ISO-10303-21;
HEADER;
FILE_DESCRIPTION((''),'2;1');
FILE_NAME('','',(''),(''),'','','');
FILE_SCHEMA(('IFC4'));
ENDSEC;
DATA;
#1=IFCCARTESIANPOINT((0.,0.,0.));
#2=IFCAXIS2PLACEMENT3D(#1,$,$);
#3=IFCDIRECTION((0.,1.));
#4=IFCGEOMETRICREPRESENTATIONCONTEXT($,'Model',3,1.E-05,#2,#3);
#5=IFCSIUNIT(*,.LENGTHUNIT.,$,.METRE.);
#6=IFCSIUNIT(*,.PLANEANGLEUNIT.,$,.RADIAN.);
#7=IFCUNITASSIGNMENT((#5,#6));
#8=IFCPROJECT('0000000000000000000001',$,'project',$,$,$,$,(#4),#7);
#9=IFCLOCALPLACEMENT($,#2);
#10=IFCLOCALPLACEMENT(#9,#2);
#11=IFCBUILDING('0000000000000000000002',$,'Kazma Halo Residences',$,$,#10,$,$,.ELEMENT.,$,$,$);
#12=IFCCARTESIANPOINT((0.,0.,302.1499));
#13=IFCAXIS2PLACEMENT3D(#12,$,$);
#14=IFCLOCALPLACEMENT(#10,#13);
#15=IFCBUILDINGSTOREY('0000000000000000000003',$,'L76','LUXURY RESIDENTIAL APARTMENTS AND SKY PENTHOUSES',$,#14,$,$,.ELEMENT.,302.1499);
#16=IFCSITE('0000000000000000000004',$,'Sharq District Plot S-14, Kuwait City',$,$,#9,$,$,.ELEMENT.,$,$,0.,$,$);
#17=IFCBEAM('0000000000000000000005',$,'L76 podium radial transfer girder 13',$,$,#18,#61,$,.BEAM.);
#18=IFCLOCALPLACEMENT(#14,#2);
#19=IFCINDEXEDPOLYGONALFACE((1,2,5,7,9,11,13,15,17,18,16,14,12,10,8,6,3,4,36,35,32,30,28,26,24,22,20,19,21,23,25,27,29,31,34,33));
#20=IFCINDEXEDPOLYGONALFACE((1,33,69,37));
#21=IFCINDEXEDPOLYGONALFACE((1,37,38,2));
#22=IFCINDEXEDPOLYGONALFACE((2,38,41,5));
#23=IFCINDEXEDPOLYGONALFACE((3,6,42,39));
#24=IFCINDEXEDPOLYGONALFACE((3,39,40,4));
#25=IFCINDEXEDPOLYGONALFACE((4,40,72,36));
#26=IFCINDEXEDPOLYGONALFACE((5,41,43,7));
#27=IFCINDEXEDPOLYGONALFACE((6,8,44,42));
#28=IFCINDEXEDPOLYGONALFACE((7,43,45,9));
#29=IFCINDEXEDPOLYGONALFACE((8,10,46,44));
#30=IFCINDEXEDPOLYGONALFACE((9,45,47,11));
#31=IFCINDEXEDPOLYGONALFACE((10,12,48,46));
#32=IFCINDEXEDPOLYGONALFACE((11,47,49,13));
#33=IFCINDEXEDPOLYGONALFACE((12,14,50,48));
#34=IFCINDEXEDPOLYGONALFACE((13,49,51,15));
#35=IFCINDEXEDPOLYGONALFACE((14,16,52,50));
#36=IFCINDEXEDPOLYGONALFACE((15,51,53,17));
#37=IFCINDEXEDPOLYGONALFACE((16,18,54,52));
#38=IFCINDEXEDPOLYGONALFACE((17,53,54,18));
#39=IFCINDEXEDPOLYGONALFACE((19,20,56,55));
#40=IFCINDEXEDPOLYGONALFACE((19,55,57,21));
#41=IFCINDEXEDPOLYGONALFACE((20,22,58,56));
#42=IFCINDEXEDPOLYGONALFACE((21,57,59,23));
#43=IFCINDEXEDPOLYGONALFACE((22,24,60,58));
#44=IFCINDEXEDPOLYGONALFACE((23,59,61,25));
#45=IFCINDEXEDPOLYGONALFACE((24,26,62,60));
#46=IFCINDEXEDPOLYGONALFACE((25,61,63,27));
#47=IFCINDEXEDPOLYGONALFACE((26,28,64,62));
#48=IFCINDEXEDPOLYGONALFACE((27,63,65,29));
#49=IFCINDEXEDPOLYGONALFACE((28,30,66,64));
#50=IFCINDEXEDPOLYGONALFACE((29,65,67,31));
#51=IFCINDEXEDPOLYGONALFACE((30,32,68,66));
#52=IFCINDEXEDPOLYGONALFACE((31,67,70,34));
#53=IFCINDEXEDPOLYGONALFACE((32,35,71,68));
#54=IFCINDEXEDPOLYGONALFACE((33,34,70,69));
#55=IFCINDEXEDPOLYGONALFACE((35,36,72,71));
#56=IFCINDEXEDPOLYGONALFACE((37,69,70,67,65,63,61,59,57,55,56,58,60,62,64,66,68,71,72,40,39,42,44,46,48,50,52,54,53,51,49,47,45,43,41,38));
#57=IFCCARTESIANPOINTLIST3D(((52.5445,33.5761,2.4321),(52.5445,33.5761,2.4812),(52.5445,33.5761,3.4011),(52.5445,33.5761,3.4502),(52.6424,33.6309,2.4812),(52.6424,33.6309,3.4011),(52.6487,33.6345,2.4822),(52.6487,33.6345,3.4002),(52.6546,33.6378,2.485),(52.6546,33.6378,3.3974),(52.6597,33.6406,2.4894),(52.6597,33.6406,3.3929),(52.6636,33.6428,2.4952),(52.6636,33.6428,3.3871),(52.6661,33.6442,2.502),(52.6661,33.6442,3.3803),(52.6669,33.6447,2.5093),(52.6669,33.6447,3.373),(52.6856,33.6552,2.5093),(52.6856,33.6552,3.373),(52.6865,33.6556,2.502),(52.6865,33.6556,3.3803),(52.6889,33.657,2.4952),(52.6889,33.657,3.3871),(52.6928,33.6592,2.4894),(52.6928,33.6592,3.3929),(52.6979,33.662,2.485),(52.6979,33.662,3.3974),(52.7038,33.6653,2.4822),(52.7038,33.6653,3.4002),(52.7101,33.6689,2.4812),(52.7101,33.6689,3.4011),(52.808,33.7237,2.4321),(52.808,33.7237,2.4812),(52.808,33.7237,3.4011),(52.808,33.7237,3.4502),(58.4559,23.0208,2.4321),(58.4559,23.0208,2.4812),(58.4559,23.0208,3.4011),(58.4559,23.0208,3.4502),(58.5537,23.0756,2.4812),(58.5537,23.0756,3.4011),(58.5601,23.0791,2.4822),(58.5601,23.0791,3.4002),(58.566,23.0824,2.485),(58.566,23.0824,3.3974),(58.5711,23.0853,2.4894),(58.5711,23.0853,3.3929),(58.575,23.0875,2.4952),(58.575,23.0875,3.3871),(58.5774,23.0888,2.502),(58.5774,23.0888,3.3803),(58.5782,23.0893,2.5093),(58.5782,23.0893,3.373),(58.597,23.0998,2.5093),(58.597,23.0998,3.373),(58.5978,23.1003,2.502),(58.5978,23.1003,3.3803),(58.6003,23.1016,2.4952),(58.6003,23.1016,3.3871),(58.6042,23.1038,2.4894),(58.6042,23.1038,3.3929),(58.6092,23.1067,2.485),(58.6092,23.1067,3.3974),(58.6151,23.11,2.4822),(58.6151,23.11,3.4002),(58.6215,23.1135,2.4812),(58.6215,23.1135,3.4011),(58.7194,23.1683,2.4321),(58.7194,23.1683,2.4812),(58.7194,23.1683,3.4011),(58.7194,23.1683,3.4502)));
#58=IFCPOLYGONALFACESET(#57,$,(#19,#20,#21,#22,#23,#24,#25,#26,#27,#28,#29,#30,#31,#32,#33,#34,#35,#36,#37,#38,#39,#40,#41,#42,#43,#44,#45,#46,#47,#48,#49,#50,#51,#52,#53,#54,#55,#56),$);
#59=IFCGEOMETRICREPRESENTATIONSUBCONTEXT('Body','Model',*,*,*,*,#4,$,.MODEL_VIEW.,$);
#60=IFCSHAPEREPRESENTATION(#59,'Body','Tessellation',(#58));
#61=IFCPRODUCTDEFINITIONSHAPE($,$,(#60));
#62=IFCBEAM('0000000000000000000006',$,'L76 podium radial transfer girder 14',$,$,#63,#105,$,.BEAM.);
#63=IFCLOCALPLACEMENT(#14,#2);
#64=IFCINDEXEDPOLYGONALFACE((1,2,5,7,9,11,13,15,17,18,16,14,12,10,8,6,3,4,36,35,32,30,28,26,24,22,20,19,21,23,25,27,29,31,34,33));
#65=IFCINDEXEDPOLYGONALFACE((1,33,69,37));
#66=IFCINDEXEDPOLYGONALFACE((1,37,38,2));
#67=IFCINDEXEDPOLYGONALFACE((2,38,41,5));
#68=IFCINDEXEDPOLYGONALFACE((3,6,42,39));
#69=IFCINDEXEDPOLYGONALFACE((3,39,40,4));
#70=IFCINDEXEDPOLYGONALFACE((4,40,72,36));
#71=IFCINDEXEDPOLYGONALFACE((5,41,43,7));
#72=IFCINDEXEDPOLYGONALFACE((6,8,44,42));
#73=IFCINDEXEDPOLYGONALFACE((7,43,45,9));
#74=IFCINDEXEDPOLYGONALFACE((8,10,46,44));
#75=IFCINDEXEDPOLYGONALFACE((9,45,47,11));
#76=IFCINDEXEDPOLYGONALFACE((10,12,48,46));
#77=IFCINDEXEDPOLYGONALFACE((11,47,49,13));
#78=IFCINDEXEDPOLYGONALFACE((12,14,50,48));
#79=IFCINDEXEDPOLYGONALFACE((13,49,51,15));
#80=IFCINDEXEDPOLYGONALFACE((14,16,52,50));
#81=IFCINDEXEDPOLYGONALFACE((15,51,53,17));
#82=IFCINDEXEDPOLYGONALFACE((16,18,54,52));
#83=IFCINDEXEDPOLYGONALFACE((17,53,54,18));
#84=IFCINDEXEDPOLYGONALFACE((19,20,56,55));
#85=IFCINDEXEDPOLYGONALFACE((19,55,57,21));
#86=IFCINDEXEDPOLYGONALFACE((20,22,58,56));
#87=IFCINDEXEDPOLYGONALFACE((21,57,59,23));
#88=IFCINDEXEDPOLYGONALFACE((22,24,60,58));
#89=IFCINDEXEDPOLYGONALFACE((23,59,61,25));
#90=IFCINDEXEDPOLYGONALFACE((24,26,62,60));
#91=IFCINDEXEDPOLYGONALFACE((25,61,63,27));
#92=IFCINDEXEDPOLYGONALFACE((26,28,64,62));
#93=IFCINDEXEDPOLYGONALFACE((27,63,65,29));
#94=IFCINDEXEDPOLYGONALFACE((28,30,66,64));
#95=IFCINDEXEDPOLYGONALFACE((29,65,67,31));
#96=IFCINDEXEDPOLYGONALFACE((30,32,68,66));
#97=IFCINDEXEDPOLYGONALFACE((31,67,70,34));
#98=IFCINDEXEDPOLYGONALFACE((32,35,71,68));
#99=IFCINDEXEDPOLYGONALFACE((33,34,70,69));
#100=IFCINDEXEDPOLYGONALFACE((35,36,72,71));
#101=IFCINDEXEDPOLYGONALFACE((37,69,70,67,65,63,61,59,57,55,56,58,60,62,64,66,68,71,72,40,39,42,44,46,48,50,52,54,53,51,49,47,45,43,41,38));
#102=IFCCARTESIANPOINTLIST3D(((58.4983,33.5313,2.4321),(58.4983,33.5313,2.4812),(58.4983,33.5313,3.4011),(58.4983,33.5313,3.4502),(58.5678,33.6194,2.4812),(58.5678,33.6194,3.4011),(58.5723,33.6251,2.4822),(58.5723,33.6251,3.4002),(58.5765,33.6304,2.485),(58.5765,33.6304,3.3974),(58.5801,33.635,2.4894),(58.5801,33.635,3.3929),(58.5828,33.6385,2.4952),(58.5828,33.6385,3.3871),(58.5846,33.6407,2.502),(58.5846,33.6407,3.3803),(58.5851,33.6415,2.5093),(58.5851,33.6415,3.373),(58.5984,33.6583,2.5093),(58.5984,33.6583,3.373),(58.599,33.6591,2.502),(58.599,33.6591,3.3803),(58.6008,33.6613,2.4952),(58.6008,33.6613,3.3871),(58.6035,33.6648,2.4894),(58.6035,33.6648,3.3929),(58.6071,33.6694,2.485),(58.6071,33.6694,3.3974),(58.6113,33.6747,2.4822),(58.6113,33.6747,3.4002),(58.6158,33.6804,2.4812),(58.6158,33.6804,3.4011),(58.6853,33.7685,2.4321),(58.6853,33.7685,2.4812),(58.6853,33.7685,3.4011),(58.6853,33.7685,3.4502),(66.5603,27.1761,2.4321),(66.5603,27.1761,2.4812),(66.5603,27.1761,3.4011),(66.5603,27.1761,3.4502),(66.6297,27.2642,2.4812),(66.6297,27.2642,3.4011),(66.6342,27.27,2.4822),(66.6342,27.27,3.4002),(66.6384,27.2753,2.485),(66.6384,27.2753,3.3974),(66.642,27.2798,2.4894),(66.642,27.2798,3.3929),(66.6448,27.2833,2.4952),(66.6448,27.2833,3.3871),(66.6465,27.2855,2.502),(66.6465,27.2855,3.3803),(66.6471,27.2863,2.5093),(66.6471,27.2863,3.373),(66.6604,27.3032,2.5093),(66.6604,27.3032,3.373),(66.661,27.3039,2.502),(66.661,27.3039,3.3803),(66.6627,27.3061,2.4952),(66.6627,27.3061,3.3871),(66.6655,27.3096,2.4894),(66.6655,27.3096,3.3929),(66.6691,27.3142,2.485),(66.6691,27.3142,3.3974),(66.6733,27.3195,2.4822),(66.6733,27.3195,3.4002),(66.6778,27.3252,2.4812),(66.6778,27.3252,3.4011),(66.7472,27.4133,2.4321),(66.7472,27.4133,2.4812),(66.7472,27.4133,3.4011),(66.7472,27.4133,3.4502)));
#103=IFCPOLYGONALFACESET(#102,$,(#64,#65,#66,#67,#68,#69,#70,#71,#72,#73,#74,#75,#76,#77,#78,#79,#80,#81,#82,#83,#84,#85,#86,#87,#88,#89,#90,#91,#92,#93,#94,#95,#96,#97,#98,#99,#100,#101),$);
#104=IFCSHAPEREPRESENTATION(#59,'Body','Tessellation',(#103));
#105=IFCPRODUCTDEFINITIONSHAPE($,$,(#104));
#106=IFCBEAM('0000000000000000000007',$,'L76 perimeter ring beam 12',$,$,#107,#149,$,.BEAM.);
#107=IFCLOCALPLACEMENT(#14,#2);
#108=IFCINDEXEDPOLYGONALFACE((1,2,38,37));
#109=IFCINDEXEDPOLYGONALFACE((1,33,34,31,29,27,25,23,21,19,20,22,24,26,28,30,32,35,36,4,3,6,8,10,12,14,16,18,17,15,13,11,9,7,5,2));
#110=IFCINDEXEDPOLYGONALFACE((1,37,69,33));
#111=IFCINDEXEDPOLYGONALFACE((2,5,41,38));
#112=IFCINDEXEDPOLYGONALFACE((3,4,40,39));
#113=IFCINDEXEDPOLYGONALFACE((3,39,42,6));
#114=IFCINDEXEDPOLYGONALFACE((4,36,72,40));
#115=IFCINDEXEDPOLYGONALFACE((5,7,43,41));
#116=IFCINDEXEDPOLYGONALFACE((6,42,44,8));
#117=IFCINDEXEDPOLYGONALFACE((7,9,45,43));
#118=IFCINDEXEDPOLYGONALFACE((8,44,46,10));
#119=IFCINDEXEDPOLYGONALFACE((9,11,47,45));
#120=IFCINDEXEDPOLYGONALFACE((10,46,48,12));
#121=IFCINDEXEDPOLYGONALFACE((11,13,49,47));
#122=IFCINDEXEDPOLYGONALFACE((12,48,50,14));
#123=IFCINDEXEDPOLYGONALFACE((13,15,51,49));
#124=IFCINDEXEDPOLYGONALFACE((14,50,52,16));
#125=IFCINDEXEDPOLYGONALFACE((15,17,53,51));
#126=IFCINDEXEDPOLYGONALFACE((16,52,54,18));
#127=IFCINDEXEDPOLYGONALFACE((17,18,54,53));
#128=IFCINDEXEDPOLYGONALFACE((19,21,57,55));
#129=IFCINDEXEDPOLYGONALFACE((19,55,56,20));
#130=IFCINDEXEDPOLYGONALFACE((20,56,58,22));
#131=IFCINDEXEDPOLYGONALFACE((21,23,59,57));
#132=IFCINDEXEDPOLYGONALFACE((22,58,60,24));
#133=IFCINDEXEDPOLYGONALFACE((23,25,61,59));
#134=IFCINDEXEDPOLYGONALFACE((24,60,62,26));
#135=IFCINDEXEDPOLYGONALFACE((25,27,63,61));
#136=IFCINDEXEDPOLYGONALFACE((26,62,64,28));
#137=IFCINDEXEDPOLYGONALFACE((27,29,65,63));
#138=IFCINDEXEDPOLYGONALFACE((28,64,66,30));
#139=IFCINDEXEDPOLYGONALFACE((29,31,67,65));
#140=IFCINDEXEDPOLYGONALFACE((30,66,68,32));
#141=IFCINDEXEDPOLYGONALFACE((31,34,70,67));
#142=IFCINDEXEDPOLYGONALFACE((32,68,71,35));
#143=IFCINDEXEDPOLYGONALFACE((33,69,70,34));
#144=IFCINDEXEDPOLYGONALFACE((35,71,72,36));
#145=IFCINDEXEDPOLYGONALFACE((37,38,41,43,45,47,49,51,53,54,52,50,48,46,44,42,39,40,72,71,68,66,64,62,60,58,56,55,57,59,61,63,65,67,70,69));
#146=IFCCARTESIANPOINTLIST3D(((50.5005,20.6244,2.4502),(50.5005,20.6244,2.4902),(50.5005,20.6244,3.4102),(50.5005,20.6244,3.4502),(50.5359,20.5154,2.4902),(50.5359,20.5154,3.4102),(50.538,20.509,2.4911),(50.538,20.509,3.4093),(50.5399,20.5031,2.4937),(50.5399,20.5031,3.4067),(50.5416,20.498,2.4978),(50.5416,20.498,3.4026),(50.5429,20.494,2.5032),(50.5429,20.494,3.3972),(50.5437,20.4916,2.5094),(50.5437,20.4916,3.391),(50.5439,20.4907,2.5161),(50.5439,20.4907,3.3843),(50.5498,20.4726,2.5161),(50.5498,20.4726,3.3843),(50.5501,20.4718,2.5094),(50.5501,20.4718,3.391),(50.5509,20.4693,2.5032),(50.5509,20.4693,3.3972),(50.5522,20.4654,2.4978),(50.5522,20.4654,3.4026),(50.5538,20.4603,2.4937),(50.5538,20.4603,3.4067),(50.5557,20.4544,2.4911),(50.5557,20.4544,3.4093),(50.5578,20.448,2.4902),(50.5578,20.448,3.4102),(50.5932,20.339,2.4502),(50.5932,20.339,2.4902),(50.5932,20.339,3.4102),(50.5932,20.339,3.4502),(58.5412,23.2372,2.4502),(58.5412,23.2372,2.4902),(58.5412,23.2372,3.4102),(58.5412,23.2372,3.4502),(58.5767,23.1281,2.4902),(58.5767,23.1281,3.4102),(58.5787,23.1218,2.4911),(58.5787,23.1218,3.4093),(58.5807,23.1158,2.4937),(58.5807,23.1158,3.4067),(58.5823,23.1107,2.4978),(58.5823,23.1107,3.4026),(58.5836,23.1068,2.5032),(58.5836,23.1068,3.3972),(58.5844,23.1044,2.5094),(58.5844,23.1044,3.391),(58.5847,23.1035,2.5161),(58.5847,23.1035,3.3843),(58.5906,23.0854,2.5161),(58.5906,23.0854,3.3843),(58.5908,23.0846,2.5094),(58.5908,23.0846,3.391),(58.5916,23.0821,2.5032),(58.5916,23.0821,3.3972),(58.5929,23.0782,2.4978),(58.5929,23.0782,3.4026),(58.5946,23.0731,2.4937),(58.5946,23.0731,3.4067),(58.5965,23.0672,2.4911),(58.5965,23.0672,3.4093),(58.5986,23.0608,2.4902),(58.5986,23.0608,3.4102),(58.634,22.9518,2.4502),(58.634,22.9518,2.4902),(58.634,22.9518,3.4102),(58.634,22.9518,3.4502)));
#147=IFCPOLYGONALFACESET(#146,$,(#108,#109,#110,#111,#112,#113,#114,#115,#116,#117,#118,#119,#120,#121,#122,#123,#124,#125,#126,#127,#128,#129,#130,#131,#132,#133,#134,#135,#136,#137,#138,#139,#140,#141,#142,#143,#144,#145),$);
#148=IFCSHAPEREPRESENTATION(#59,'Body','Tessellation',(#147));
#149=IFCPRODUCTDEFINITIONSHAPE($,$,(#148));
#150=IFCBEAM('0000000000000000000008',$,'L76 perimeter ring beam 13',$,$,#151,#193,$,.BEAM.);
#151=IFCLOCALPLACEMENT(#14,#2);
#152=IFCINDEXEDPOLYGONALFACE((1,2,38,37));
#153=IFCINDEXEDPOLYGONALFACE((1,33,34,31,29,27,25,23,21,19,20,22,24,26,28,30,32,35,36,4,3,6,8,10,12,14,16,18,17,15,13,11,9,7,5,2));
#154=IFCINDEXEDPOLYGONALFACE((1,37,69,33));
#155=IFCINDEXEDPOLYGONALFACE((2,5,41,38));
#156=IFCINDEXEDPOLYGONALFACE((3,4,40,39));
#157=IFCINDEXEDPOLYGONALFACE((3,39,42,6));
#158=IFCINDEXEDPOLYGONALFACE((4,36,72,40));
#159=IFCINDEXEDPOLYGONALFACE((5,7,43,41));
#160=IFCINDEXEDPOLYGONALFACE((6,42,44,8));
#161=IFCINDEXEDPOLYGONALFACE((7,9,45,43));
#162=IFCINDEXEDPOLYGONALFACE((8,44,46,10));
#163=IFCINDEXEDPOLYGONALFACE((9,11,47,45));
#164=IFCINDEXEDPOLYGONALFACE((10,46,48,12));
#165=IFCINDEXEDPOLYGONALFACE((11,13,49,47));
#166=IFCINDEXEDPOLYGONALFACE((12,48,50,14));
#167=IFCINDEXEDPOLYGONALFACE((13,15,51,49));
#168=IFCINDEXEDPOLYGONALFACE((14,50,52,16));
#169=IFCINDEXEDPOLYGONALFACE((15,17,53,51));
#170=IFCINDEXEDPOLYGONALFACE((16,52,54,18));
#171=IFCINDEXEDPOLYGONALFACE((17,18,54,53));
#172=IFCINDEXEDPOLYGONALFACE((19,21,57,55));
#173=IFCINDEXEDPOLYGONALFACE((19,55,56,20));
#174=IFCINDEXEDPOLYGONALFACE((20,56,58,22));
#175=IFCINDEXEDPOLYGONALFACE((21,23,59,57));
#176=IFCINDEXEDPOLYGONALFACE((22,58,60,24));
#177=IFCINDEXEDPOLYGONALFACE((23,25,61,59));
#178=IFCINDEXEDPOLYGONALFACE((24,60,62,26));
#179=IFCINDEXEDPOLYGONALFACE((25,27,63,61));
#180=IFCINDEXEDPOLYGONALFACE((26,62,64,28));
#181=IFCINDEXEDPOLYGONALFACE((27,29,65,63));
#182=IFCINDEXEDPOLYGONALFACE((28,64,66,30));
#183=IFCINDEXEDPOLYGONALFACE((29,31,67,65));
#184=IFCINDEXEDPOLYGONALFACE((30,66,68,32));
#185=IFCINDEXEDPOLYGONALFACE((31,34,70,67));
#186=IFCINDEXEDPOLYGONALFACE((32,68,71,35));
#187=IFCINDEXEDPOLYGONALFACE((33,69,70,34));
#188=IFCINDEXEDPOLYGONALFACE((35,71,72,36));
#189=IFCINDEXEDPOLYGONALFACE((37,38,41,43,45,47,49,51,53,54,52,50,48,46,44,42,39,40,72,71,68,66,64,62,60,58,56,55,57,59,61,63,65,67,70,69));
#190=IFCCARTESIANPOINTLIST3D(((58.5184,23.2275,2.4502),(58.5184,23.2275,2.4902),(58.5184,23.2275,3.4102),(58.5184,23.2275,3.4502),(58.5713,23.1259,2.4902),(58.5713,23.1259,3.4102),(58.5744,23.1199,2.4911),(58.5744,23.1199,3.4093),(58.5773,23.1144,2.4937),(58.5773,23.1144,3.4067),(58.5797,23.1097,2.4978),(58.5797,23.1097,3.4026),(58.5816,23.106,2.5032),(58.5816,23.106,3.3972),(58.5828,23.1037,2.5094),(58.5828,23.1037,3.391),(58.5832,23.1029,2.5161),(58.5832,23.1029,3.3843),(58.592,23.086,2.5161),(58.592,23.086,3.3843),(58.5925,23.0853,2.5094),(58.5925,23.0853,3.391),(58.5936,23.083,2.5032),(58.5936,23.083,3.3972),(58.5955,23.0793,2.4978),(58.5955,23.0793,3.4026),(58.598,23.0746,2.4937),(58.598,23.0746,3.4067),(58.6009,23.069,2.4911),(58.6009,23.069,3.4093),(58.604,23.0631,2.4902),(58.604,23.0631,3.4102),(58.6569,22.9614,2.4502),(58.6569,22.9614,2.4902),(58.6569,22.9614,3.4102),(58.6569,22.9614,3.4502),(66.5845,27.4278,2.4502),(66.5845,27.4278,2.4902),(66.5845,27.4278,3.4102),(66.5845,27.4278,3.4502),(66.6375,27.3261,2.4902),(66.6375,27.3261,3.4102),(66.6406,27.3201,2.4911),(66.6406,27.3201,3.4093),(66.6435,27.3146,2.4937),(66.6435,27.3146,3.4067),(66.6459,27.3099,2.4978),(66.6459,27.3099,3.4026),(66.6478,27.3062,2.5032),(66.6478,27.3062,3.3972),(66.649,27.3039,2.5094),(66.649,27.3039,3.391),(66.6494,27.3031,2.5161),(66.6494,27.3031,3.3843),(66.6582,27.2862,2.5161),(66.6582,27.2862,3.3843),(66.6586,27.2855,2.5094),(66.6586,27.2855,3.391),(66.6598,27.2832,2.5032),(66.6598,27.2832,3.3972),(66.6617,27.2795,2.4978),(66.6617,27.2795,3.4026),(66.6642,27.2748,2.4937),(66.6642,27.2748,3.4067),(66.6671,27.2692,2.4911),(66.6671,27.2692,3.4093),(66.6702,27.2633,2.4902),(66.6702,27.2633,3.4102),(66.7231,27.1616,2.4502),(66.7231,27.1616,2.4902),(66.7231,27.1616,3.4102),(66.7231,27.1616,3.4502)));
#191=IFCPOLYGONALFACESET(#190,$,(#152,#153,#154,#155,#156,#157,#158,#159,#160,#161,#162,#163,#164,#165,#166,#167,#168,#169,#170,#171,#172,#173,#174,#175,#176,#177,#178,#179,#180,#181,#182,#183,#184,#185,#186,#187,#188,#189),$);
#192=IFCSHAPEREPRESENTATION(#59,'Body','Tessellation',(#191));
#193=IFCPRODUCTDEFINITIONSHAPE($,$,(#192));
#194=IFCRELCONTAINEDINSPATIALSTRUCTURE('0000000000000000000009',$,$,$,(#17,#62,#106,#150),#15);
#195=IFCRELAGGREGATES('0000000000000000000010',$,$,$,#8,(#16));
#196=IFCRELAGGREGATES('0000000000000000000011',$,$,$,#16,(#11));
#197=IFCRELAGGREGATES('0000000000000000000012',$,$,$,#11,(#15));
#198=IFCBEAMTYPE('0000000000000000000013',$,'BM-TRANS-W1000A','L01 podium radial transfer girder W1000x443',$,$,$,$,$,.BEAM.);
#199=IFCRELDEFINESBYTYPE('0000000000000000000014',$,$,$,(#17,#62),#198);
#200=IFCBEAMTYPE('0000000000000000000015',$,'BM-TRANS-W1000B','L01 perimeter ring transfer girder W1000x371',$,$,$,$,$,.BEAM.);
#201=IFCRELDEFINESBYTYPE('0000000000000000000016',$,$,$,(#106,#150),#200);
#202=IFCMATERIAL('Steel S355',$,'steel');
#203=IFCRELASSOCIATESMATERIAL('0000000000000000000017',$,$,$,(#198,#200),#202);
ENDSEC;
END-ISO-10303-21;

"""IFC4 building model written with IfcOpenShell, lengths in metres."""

from ifc_helpers import new_model, si_unit, direction, frame, origin, origin_2d, place, context, subcontext, project, spatial, i_section, extrude, material, material_profile, profile_set, type_object, element, save


model = new_model("IFC4")

# Units and contexts
model_context = context("Model", 3, precision=1e-05, world=origin(), true_north=direction((0.0, 1.0)))
body_context = subcontext(model_context, "Body", "Model", "MODEL_VIEW")
ifc_project = project(units=[si_unit("LENGTHUNIT", "METRE"), si_unit("PLANEANGLEUNIT", "RADIAN")], contexts=[model_context])

# Site, building, storey
site_placement = place(None, origin())
site = spatial("IfcSite", under=ifc_project, at=site_placement, Name="Sharq District Plot S-14, Kuwait City", CompositionType="ELEMENT", RefElevation=0.0)
building_placement = place(site_placement, origin())
building = spatial("IfcBuilding", under=site, at=building_placement, Name="Kazma Halo Residences", CompositionType="ELEMENT")
storey_placement = place(building_placement, frame((0.0, 0.0, 302.1499)))
storey = spatial("IfcBuildingStorey", under=building, at=storey_placement, Name="L76", Description="LUXURY RESIDENTIAL APARTMENTS AND SKY PENTHOUSES", CompositionType="ELEMENT", Elevation=302.1499)

# Beams
ifc_material_1 = material(Name="Steel S355", Category="steel")
ifc_material_profile_1 = material_profile(ifc_material_1, i_section(OverallWidth=0.302, OverallDepth=1.0181, WebThickness=0.0215, FlangeThickness=0.0491, FilletRadius=0.0281, at=origin_2d()), Name="W1000x443")
ifc_profile_set_1 = profile_set([ifc_material_profile_1], Name="Steel S355")
beam_type_1 = type_object("IfcBeamType", Name="BM-TRANS-W1000A", Description="L01 podium radial transfer girder W1000x443", PredefinedType="BEAM", material=ifc_profile_set_1)
beam_1_placement = place(storey_placement, frame((52.6763, 33.6499, 2.9412), z_axis=(0.488625, -0.872494, 0.0), x_axis=(0.872494, 0.488625, 0.0)))
element("IfcBeam", 1, at=beam_1_placement, inside=storey, type_object=beam_type_1, Name="L76 podium radial transfer girder 13", PredefinedType="BEAM", context=body_context, shape_type="SweptSolid", body=[
    extrude(i_section(OverallWidth=0.302, OverallDepth=1.0181, WebThickness=0.0215, FlangeThickness=0.0491, FilletRadius=0.0281, at=origin_2d()), origin(), (0.0, 0.0, 1.0), 12.0979),
])
beam_2_placement = place(storey_placement, frame((58.5918, 33.6499, 2.9412), z_axis=(0.785334, -0.619073, 0.0), x_axis=(0.619073, 0.785334, 0.0)))
element("IfcBeam", 2, at=beam_2_placement, inside=storey, type_object=beam_type_1, Name="L76 podium radial transfer girder 14", PredefinedType="BEAM", context=body_context, shape_type="SweptSolid", body=[
    extrude(i_section(OverallWidth=0.302, OverallDepth=1.0181, WebThickness=0.0215, FlangeThickness=0.0491, FilletRadius=0.0281, at=origin_2d()), origin(), (0.0, 0.0, 1.0), 10.2656),
])
ifc_material_profile_2 = material_profile(ifc_material_1, i_section(OverallWidth=0.3, OverallDepth=1.0, WebThickness=0.019, FlangeThickness=0.04, FilletRadius=0.0259, at=origin_2d()), Name="W1000x371")
ifc_profile_set_2 = profile_set([ifc_material_profile_2], Name="Steel S355")
beam_type_2 = type_object("IfcBeamType", Name="BM-TRANS-W1000B", Description="L01 perimeter ring transfer girder W1000x371", PredefinedType="BEAM", material=ifc_profile_set_2)
beam_3_placement = place(storey_placement, frame((50.5469, 20.4817, 2.9502), z_axis=(0.95105, 0.309037, 0.0), x_axis=(-0.309037, 0.95105, 0.0)))
element("IfcBeam", 3, at=beam_3_placement, inside=storey, type_object=beam_type_2, Name="L76 perimeter ring beam 12", PredefinedType="BEAM", context=body_context, shape_type="SweptSolid", body=[
    extrude(i_section(OverallWidth=0.3, OverallDepth=1.0, WebThickness=0.019, FlangeThickness=0.04, FilletRadius=0.0259, at=origin_2d()), origin(), (0.0, 0.0, 1.0), 8.4546),
])
beam_4_placement = place(storey_placement, frame((58.5876, 23.0945, 2.9502), z_axis=(0.886956, 0.461854, 0.0), x_axis=(-0.461854, 0.886956, 0.0)))
element("IfcBeam", 4, at=beam_4_placement, inside=storey, type_object=beam_type_2, Name="L76 perimeter ring beam 13", PredefinedType="BEAM", context=body_context, shape_type="SweptSolid", body=[
    extrude(i_section(OverallWidth=0.3, OverallDepth=1.0, WebThickness=0.019, FlangeThickness=0.04, FilletRadius=0.0259, at=origin_2d()), origin(), (0.0, 0.0, 1.0), 9.0942),
])

save(model, "model.ifc")
